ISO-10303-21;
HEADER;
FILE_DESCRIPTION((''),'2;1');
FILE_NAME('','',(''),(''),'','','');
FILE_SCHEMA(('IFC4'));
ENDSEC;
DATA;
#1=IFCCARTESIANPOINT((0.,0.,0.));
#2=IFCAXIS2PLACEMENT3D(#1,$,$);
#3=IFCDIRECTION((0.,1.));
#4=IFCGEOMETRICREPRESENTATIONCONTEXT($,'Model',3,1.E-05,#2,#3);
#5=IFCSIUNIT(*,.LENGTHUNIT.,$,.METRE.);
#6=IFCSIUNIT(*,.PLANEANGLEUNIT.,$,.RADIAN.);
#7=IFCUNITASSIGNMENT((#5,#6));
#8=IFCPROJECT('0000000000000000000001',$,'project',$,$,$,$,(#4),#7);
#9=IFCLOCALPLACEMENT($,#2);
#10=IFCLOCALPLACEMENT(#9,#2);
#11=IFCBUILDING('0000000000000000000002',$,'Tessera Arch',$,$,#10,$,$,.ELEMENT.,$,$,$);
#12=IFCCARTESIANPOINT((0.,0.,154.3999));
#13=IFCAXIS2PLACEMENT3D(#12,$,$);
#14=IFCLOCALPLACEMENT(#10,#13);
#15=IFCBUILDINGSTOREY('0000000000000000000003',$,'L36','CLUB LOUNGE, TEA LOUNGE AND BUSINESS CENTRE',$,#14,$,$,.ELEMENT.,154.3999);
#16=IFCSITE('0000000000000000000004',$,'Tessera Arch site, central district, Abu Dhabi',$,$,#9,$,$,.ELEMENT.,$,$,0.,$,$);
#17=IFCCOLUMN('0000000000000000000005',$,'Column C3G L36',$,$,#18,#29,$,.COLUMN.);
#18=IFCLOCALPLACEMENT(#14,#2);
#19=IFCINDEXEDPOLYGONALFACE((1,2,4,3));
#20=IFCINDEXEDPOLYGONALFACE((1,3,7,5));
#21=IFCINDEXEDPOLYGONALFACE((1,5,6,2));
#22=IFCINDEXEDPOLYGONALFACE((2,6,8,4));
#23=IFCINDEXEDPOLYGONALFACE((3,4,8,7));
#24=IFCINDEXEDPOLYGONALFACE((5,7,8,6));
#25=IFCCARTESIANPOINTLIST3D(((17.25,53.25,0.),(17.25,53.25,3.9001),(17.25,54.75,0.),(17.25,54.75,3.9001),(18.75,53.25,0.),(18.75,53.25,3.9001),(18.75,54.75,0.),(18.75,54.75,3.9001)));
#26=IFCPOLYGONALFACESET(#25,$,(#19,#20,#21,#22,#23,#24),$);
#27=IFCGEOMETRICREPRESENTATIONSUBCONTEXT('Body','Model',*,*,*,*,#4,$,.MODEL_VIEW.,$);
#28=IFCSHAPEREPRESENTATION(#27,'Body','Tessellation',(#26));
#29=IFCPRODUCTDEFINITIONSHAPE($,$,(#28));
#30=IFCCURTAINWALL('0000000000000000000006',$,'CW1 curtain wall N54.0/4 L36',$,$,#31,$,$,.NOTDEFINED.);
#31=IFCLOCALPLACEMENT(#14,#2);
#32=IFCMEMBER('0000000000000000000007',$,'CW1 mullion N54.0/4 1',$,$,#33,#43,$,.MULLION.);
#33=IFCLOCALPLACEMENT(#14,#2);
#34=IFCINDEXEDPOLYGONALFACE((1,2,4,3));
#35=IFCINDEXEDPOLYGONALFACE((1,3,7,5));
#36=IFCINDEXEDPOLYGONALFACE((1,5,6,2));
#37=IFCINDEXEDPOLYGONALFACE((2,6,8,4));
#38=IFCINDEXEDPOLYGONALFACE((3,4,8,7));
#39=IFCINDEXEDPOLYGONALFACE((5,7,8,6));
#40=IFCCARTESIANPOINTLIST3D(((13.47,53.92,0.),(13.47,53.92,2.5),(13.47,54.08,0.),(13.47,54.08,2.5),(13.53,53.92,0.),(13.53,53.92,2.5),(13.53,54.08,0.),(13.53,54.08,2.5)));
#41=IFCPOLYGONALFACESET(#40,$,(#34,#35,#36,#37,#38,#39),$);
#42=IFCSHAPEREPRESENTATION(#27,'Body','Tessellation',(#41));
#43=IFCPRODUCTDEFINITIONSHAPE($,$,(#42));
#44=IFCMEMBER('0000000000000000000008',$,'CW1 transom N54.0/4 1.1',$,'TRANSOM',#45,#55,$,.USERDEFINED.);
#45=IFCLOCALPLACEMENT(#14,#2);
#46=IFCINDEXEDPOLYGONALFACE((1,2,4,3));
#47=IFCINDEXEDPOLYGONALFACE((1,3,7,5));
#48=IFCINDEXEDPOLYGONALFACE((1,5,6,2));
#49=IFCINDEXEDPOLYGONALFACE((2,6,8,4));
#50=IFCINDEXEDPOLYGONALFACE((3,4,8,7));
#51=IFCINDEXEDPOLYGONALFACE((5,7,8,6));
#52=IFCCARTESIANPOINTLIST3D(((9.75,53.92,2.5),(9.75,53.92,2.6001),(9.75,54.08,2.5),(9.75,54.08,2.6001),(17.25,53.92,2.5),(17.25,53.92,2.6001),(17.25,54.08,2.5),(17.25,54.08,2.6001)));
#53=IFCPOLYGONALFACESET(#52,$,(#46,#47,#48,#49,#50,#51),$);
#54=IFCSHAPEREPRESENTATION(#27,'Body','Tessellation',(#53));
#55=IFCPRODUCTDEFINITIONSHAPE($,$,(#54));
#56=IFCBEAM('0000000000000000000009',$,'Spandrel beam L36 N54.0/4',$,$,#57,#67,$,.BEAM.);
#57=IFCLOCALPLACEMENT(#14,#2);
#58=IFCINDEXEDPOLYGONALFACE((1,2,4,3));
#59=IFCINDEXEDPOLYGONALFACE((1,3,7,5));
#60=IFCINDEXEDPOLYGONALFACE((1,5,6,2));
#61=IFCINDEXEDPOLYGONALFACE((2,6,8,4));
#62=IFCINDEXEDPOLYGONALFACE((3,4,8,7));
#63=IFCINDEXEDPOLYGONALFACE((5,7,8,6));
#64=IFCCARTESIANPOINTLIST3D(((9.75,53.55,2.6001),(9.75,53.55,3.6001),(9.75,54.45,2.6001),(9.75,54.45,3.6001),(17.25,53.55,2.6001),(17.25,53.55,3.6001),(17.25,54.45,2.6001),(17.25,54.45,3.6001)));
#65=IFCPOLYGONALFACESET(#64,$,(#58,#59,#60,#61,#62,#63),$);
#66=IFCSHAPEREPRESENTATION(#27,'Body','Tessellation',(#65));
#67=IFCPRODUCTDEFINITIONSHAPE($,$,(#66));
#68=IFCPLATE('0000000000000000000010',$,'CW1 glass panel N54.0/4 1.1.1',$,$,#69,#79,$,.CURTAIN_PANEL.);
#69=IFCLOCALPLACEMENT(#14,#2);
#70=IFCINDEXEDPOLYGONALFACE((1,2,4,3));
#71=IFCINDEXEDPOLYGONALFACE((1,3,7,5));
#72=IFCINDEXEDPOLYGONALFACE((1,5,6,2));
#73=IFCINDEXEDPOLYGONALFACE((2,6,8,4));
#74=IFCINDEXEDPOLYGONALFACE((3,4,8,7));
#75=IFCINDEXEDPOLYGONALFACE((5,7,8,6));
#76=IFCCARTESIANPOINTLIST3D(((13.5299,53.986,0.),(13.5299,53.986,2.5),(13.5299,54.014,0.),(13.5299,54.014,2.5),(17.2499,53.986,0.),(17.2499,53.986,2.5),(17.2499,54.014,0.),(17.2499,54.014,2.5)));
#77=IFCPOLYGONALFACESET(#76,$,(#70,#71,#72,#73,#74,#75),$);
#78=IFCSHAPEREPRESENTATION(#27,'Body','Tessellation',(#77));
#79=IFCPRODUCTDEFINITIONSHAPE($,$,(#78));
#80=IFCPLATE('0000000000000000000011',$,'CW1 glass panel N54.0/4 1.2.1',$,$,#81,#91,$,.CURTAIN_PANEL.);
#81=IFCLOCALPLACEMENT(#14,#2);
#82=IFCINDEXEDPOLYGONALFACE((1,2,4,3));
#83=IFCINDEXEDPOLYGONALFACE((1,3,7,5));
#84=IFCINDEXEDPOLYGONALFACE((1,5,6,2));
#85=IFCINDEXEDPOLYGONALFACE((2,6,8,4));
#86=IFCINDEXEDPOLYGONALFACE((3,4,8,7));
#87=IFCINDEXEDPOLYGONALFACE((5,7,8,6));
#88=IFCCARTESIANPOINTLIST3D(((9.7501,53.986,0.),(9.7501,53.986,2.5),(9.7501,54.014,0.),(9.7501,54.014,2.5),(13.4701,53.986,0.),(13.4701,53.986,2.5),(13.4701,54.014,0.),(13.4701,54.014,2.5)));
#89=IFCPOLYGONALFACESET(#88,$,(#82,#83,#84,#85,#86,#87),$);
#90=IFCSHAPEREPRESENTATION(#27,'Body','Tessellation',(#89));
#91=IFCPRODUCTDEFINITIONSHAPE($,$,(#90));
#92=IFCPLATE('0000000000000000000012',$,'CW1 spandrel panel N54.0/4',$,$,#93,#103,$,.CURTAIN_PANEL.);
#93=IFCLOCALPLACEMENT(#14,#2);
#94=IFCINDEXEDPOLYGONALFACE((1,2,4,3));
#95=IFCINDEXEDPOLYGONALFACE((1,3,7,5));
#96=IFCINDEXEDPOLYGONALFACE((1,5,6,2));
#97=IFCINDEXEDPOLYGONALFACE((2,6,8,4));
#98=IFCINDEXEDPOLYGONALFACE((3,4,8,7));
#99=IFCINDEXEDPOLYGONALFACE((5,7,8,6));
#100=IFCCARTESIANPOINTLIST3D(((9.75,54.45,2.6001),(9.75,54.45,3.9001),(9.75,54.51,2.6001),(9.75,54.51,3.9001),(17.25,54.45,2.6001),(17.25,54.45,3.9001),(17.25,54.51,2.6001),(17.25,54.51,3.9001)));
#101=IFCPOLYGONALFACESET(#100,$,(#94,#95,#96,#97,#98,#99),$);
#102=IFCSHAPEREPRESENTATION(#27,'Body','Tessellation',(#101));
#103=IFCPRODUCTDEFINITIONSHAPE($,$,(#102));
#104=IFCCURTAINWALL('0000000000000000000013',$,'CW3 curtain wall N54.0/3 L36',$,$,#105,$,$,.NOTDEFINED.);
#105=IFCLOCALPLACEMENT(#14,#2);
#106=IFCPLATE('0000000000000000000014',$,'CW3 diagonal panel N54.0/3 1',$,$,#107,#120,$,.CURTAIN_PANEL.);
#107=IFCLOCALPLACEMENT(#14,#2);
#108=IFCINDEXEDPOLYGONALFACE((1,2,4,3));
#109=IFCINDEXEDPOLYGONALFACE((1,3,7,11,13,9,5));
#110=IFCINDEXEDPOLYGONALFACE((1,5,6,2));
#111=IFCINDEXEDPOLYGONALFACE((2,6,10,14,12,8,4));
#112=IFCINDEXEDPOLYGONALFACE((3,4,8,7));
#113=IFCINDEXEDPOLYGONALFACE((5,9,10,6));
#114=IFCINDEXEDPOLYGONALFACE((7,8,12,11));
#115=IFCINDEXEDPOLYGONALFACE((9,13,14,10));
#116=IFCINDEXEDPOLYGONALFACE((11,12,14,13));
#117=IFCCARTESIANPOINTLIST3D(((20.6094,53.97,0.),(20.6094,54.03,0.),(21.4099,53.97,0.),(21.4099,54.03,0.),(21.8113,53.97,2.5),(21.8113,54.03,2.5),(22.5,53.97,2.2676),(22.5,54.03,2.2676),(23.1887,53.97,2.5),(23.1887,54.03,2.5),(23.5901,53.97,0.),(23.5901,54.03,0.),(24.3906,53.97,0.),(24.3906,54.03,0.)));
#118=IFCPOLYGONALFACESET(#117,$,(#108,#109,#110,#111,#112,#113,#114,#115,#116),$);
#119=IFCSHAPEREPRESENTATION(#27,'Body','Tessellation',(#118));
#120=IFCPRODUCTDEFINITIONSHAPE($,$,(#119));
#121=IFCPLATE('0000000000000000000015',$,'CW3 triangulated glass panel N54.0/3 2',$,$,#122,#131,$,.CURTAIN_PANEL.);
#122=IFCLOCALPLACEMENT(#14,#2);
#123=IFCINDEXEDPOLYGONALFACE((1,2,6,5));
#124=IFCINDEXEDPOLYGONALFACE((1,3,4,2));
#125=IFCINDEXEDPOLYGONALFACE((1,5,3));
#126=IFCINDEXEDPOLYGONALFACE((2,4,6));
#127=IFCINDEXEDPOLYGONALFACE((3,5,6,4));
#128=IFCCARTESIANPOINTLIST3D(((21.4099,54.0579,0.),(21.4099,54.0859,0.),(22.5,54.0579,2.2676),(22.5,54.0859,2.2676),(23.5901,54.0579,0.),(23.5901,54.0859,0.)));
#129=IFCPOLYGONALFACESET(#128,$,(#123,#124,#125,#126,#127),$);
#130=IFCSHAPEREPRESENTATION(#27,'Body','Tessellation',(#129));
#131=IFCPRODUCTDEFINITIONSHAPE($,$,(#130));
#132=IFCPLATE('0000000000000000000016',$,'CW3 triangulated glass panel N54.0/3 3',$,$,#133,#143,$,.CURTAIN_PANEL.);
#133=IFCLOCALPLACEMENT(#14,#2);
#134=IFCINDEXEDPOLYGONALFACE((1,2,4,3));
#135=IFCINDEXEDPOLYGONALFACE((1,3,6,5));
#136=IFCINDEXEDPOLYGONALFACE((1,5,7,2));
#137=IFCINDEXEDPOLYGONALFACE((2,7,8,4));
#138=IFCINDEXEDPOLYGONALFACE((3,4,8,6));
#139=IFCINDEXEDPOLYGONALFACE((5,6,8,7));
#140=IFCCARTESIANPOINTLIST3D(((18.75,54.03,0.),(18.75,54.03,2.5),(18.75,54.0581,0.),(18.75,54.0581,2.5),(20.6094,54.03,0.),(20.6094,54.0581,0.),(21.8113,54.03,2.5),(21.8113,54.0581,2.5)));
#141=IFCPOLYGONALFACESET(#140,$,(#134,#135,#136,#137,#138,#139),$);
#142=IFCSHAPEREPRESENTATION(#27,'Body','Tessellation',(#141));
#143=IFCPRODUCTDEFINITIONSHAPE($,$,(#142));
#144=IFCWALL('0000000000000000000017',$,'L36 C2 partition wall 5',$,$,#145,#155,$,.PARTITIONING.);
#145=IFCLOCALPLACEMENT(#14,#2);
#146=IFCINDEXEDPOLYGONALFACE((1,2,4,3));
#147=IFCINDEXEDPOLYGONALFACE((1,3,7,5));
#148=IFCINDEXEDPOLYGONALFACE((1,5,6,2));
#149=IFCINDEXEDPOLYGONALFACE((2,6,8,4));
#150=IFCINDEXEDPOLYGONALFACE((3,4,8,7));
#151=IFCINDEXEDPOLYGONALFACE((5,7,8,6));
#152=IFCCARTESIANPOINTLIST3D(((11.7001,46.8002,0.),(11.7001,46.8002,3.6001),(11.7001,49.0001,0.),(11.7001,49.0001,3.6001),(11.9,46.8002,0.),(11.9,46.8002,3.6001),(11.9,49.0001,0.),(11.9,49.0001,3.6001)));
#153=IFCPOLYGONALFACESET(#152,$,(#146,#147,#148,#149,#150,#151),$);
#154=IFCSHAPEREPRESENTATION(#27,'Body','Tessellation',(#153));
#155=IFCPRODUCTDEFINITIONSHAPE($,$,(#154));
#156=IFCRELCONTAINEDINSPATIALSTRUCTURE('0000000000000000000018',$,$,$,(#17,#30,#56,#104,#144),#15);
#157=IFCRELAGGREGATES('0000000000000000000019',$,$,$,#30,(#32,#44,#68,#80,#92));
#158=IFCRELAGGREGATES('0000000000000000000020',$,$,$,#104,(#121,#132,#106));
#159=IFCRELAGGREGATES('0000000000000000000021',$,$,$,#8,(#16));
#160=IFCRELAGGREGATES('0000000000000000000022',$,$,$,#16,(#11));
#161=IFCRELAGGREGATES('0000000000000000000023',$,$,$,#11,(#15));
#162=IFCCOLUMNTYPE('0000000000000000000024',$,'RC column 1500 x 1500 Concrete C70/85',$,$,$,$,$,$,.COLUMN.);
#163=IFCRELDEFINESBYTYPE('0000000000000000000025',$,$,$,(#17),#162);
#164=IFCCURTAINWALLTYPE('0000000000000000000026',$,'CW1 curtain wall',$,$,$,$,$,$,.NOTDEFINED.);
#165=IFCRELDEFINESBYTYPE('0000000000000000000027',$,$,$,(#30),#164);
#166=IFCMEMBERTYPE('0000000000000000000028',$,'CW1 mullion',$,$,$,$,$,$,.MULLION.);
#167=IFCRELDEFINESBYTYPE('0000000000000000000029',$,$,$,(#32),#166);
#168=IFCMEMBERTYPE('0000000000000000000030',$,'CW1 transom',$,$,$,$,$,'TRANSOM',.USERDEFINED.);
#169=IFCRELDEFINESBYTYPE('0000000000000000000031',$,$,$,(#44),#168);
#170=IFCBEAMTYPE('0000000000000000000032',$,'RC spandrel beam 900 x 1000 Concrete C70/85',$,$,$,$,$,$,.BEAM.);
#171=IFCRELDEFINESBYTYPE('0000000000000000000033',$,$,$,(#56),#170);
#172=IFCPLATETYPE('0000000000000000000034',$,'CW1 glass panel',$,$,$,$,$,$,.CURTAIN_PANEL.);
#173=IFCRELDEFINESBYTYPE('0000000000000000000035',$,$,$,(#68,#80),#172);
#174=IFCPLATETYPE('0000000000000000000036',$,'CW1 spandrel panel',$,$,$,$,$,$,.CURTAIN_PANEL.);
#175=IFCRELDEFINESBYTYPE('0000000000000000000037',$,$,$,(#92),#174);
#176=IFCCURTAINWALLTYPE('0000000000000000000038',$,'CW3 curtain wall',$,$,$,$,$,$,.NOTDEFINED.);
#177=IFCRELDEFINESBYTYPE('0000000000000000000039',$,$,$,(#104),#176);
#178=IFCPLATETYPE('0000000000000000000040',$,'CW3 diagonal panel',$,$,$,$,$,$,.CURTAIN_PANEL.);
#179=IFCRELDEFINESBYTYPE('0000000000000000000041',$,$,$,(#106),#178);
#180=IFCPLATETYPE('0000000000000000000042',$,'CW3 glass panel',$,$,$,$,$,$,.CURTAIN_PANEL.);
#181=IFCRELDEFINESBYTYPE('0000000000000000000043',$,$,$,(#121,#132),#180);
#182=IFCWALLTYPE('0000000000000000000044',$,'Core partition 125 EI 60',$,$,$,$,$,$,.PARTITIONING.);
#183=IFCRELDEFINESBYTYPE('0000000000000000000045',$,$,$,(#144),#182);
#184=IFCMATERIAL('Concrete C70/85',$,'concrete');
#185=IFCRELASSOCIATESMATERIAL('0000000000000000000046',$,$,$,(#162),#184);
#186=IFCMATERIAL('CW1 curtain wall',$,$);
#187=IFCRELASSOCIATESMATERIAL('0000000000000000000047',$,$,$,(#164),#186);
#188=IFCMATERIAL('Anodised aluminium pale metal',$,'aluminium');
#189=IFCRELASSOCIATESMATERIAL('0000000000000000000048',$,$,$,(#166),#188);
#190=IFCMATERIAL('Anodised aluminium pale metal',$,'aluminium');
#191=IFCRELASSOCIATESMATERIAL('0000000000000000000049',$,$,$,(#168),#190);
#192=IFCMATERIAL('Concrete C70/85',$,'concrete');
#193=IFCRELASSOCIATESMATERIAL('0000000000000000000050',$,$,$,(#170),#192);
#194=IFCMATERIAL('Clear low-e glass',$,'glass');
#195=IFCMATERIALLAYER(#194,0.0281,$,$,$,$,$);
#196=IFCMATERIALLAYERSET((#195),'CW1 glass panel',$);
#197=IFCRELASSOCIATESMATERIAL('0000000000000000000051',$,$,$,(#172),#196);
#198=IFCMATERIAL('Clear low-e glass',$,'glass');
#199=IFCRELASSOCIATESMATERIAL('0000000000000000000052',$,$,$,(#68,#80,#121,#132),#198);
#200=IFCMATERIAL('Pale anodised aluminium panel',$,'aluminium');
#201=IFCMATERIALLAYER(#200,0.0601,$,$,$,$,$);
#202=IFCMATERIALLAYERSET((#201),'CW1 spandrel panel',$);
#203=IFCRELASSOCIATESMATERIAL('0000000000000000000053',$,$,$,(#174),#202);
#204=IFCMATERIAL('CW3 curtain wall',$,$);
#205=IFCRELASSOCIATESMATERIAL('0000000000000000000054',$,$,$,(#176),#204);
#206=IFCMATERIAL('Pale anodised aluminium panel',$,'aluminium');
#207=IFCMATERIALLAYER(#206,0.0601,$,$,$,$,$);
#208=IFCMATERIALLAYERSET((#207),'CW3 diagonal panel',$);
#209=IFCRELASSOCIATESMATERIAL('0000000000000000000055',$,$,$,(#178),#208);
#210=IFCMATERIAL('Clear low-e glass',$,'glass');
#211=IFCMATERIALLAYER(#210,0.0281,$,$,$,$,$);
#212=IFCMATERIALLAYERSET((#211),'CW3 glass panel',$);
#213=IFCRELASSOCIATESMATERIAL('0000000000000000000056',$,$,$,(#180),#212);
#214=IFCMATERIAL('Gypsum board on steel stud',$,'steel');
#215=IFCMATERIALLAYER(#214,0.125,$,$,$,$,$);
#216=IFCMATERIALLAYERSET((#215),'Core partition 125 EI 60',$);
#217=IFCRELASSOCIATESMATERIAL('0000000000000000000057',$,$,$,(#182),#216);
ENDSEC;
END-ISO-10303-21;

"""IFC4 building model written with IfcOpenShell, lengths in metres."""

from ifc_helpers import new_model, si_unit, direction, frame, frame_2d, origin, origin_2d, place, context, subcontext, project, spatial, polyline, rectangle, outline, extrude, material, layer, layer_set, material_profile, profile_set, type_object, element, aggregate, save


model = new_model("IFC4")

# Units and contexts
model_context = context("Model", 3, precision=1e-05, world=origin(), true_north=direction((0.0, 1.0)))
body_context = subcontext(model_context, "Body", "Model", "MODEL_VIEW")
ifc_project = project(units=[si_unit("LENGTHUNIT", "METRE"), si_unit("PLANEANGLEUNIT", "RADIAN")], contexts=[model_context])

# Site, building, storey
site_placement = place(None, origin())
site = spatial("IfcSite", under=ifc_project, at=site_placement, Name="Tessera Arch site, central district, Abu Dhabi", CompositionType="ELEMENT", RefElevation=0.0)
building_placement = place(site_placement, origin())
building = spatial("IfcBuilding", under=site, at=building_placement, Name="Tessera Arch", CompositionType="ELEMENT")
storey_placement = place(building_placement, frame((0.0, 0.0, 154.3999)))
storey = spatial("IfcBuildingStorey", under=building, at=storey_placement, Name="L36", Description="CLUB LOUNGE, TEA LOUNGE AND BUSINESS CENTRE", CompositionType="ELEMENT", Elevation=154.3999)

# Column
ifc_material_1 = material(Name="Concrete C70/85", Category="concrete")
ifc_material_profile_1 = material_profile(ifc_material_1, rectangle(XDim=1.5, YDim=1.5, at=origin_2d()), Name="RC column 1500 x 1500 Concrete C70/85")
ifc_profile_set_1 = profile_set([ifc_material_profile_1], Name="Concrete C70/85")
column_type = type_object("IfcColumnType", Name="RC column 1500 x 1500 Concrete C70/85", PredefinedType="COLUMN", material=ifc_profile_set_1)
column_placement = place(storey_placement, frame((18.0, 54.0, 0.0), z_axis=(0.0, 0.0, 1.0), x_axis=(1.0, 0.0, 0.0)))
element("IfcColumn", 1, at=column_placement, inside=storey, type_object=column_type, Name="Column C3G L36", PredefinedType="COLUMN", context=body_context, shape_type="SweptSolid", body=[
    extrude(rectangle(XDim=1.5, YDim=1.5, at=origin_2d()), origin(), (0.0, 0.0, 1.0), 3.9001),
])

# Curtain wall, members
ifc_material_2 = material(Name="CW1 curtain wall")
curtain_wall_type_1 = type_object("IfcCurtainWallType", Name="CW1 curtain wall", PredefinedType="NOTDEFINED", material=ifc_material_2)
curtain_wall_1_placement = place(storey_placement, origin())
curtain_wall_1 = element("IfcCurtainWall", 2, at=curtain_wall_1_placement, inside=storey, type_object=curtain_wall_type_1, Name="CW1 curtain wall N54.0/4 L36", PredefinedType="NOTDEFINED")
ifc_material_3 = material(Name="Anodised aluminium pale metal", Category="aluminium")
ifc_material_profile_2 = material_profile(ifc_material_3, rectangle(XDim=0.1599, YDim=0.0601, at=origin_2d()), Name="AL 60x160")
ifc_profile_set_2 = profile_set([ifc_material_profile_2], Name="Anodised aluminium pale metal")
member_type_1 = type_object("IfcMemberType", Name="CW1 mullion", PredefinedType="MULLION", material=ifc_profile_set_2)
member_1_placement = place(storey_placement, frame((13.5, 54.0, 0.0), z_axis=(0.0, 0.0, 1.0), x_axis=(0.0, -1.0, 0.0)))
member_1 = element("IfcMember", 3, at=member_1_placement, type_object=member_type_1, Name="CW1 mullion N54.0/4 1", PredefinedType="MULLION", context=body_context, shape_type="SweptSolid", body=[
    extrude(rectangle(XDim=0.1599, YDim=0.0601, at=origin_2d()), origin(), (0.0, 0.0, 1.0), 2.5),
])
ifc_material_4 = material(Name="Anodised aluminium pale metal", Category="aluminium")
ifc_material_profile_3 = material_profile(ifc_material_4, rectangle(XDim=0.1599, YDim=0.1001, at=origin_2d()), Name="AL 160x100")
ifc_profile_set_3 = profile_set([ifc_material_profile_3], Name="Anodised aluminium pale metal")
member_type_2 = type_object("IfcMemberType", Name="CW1 transom", ElementType="TRANSOM", PredefinedType="USERDEFINED", material=ifc_profile_set_3)
member_2_placement = place(storey_placement, frame((17.25, 54.0, 2.55), z_axis=(-1.0, 0.0, 0.0), x_axis=(0.0, -1.0, 0.0)))
member_2 = element("IfcMember", 4, at=member_2_placement, type_object=member_type_2, Name="CW1 transom N54.0/4 1.1", ObjectType="TRANSOM", PredefinedType="USERDEFINED", context=body_context, shape_type="SweptSolid", body=[
    extrude(rectangle(XDim=0.1599, YDim=0.1001, at=origin_2d()), origin(), (0.0, 0.0, 1.0), 7.5),
])

# Beam
ifc_material_5 = material(Name="Concrete C70/85", Category="concrete")
ifc_material_profile_4 = material_profile(ifc_material_5, rectangle(XDim=0.8999, YDim=1.0, at=origin_2d()), Name="RC spandrel beam 900 x 1000 Concrete C70/85")
ifc_profile_set_4 = profile_set([ifc_material_profile_4], Name="Concrete C70/85")
beam_type = type_object("IfcBeamType", Name="RC spandrel beam 900 x 1000 Concrete C70/85", PredefinedType="BEAM", material=ifc_profile_set_4)
beam_placement = place(storey_placement, frame((17.25, 54.0, 3.1001), z_axis=(-1.0, 0.0, 0.0), x_axis=(0.0, -1.0, 0.0)))
element("IfcBeam", 5, at=beam_placement, inside=storey, type_object=beam_type, Name="Spandrel beam L36 N54.0/4", PredefinedType="BEAM", context=body_context, shape_type="SweptSolid", body=[
    extrude(rectangle(XDim=0.8999, YDim=1.0, at=origin_2d()), origin(), (0.0, 0.0, 1.0), 7.5),
])

# Plates
ifc_material_6 = material(Name="Clear low-e glass", Category="glass")
ifc_material_7 = material(Name="Clear low-e glass", Category="glass")
ifc_layer_1 = layer(ifc_material_7, 0.0281)
ifc_layer_set_1 = layer_set([ifc_layer_1], Name="CW1 glass panel")
plate_type_1 = type_object("IfcPlateType", Name="CW1 glass panel", PredefinedType="CURTAIN_PANEL", material=ifc_layer_set_1)
plate_1_placement = place(storey_placement, frame((15.3899, 54.0, 0.0), z_axis=(0.0, 0.0, 1.0), x_axis=(-1.0, 0.0, 0.0)))
plate_1 = element("IfcPlate", 6, at=plate_1_placement, type_object=plate_type_1, material=ifc_material_6, Name="CW1 glass panel N54.0/4 1.1.1", PredefinedType="CURTAIN_PANEL", context=body_context, shape_type="SweptSolid", body=[
    extrude(rectangle(XDim=3.72, YDim=0.0281, at=origin_2d()), origin(), (0.0, 0.0, 1.0), 2.5),
])
plate_2_placement = place(storey_placement, frame((11.6101, 54.0, 0.0), z_axis=(0.0, 0.0, 1.0), x_axis=(-1.0, 0.0, 0.0)))
plate_2 = element("IfcPlate", 7, at=plate_2_placement, type_object=plate_type_1, material=ifc_material_6, Name="CW1 glass panel N54.0/4 1.2.1", PredefinedType="CURTAIN_PANEL", context=body_context, shape_type="SweptSolid", body=[
    extrude(rectangle(XDim=3.72, YDim=0.0281, at=origin_2d()), origin(), (0.0, 0.0, 1.0), 2.5),
])
ifc_material_8 = material(Name="Pale anodised aluminium panel", Category="aluminium")
ifc_layer_2 = layer(ifc_material_8, 0.0601)
ifc_layer_set_2 = layer_set([ifc_layer_2], Name="CW1 spandrel panel")
plate_type_2 = type_object("IfcPlateType", Name="CW1 spandrel panel", PredefinedType="CURTAIN_PANEL", material=ifc_layer_set_2)
plate_3_placement = place(storey_placement, frame((13.5, 54.48, 2.6001), z_axis=(0.0, 0.0, 1.0), x_axis=(-1.0, 0.0, 0.0)))
plate_3 = element("IfcPlate", 8, at=plate_3_placement, type_object=plate_type_2, Name="CW1 spandrel panel N54.0/4", PredefinedType="CURTAIN_PANEL", context=body_context, shape_type="SweptSolid", body=[
    extrude(rectangle(XDim=7.5, YDim=0.0601, at=origin_2d()), origin(), (0.0, 0.0, 1.0), 1.3),
])
aggregate(curtain_wall_1, [member_1, member_2, plate_1, plate_2, plate_3])

# Curtain wall, plates
ifc_material_9 = material(Name="CW3 curtain wall")
curtain_wall_type_2 = type_object("IfcCurtainWallType", Name="CW3 curtain wall", PredefinedType="NOTDEFINED", material=ifc_material_9)
curtain_wall_2_placement = place(storey_placement, origin())
curtain_wall_2 = element("IfcCurtainWall", 9, at=curtain_wall_2_placement, inside=storey, type_object=curtain_wall_type_2, Name="CW3 curtain wall N54.0/3 L36", PredefinedType="NOTDEFINED")
ifc_material_10 = material(Name="Pale anodised aluminium panel", Category="aluminium")
ifc_layer_3 = layer(ifc_material_10, 0.0601)
ifc_layer_set_3 = layer_set([ifc_layer_3], Name="CW3 diagonal panel")
plate_type_3 = type_object("IfcPlateType", Name="CW3 diagonal panel", PredefinedType="CURTAIN_PANEL", material=ifc_layer_set_3)
plate_4_placement = place(storey_placement, frame((21.8113, 54.03, 2.5), z_axis=(0.0, 1.0, 0.0), x_axis=(1.0, 0.0, 0.0)))
plate_4 = element("IfcPlate", 10, at=plate_4_placement, type_object=plate_type_3, Name="CW3 diagonal panel N54.0/3 1", PredefinedType="CURTAIN_PANEL", context=body_context, shape_type="SweptSolid", body=[
    extrude(outline(polyline([(0.0, 0.0), (1.3774, 0.0), (2.5793, 2.5), (1.7788, 2.5), (0.6887, 0.2324), (-0.4014, 2.5), (-1.2019, 2.5), (0.0, 0.0)])), origin(), (0.0, 0.0, -1.0), 0.0601),
])
ifc_material_11 = material(Name="Clear low-e glass", Category="glass")
ifc_layer_4 = layer(ifc_material_11, 0.0281)
ifc_layer_set_4 = layer_set([ifc_layer_4], Name="CW3 glass panel")
plate_type_4 = type_object("IfcPlateType", Name="CW3 glass panel", PredefinedType="CURTAIN_PANEL", material=ifc_layer_set_4)
plate_5_placement = place(storey_placement, frame((23.5901, 54.0859, 0.0), z_axis=(0.0, 1.0, 0.0), x_axis=(-1.0, 0.0, 0.0)))
plate_5 = element("IfcPlate", 11, at=plate_5_placement, type_object=plate_type_4, material=ifc_material_6, Name="CW3 triangulated glass panel N54.0/3 2", PredefinedType="CURTAIN_PANEL", context=body_context, shape_type="SweptSolid", body=[
    extrude(outline(polyline([(0.0, 0.0), (2.1802, 0.0), (1.0901, 2.2676), (0.0, 0.0)])), origin(), (0.0, 0.0, -1.0), 0.0281),
])
plate_6_placement = place(storey_placement, frame((18.75, 54.0581, 2.5), z_axis=(0.0, 1.0, 0.0), x_axis=(1.0, 0.0, 0.0)))
plate_6 = element("IfcPlate", 12, at=plate_6_placement, type_object=plate_type_4, material=ifc_material_6, Name="CW3 triangulated glass panel N54.0/3 3", PredefinedType="CURTAIN_PANEL", context=body_context, shape_type="SweptSolid", body=[
    extrude(outline(polyline([(0.0, 0.0), (3.0613, 0.0), (1.8594, 2.5), (0.0, 2.5), (0.0, 0.0)])), origin(), (0.0, 0.0, -1.0), 0.0281),
])

# Wall
ifc_material_12 = material(Name="Gypsum board on steel stud", Category="steel")
ifc_layer_5 = layer(ifc_material_12, 0.125)
ifc_layer_set_5 = layer_set([ifc_layer_5], Name="Core partition 125 EI 60")
wall_type_1 = type_object("IfcWallType", Name="Core partition 125 EI 60", PredefinedType="PARTITIONING", material=ifc_layer_set_5)
wall_1_placement = place(storey_placement, frame((11.8, 46.8, 0.0), z_axis=(0.0, 0.0, 1.0), x_axis=(0.0, 1.0, 0.0)))
element("IfcWall", 13, at=wall_1_placement, inside=storey, type_object=wall_type_1, Name="L36 C2 partition wall 5", PredefinedType="PARTITIONING", context=body_context, shape_type="SweptSolid", body=[
    extrude(rectangle(XDim=2.2, YDim=0.2, at=frame_2d((1.1001, 0.0))), origin(), (0.0, 0.0, 1.0), 3.6001),
])

aggregate(curtain_wall_2, [plate_5, plate_6, plate_4])

save(model, "model.ifc")
